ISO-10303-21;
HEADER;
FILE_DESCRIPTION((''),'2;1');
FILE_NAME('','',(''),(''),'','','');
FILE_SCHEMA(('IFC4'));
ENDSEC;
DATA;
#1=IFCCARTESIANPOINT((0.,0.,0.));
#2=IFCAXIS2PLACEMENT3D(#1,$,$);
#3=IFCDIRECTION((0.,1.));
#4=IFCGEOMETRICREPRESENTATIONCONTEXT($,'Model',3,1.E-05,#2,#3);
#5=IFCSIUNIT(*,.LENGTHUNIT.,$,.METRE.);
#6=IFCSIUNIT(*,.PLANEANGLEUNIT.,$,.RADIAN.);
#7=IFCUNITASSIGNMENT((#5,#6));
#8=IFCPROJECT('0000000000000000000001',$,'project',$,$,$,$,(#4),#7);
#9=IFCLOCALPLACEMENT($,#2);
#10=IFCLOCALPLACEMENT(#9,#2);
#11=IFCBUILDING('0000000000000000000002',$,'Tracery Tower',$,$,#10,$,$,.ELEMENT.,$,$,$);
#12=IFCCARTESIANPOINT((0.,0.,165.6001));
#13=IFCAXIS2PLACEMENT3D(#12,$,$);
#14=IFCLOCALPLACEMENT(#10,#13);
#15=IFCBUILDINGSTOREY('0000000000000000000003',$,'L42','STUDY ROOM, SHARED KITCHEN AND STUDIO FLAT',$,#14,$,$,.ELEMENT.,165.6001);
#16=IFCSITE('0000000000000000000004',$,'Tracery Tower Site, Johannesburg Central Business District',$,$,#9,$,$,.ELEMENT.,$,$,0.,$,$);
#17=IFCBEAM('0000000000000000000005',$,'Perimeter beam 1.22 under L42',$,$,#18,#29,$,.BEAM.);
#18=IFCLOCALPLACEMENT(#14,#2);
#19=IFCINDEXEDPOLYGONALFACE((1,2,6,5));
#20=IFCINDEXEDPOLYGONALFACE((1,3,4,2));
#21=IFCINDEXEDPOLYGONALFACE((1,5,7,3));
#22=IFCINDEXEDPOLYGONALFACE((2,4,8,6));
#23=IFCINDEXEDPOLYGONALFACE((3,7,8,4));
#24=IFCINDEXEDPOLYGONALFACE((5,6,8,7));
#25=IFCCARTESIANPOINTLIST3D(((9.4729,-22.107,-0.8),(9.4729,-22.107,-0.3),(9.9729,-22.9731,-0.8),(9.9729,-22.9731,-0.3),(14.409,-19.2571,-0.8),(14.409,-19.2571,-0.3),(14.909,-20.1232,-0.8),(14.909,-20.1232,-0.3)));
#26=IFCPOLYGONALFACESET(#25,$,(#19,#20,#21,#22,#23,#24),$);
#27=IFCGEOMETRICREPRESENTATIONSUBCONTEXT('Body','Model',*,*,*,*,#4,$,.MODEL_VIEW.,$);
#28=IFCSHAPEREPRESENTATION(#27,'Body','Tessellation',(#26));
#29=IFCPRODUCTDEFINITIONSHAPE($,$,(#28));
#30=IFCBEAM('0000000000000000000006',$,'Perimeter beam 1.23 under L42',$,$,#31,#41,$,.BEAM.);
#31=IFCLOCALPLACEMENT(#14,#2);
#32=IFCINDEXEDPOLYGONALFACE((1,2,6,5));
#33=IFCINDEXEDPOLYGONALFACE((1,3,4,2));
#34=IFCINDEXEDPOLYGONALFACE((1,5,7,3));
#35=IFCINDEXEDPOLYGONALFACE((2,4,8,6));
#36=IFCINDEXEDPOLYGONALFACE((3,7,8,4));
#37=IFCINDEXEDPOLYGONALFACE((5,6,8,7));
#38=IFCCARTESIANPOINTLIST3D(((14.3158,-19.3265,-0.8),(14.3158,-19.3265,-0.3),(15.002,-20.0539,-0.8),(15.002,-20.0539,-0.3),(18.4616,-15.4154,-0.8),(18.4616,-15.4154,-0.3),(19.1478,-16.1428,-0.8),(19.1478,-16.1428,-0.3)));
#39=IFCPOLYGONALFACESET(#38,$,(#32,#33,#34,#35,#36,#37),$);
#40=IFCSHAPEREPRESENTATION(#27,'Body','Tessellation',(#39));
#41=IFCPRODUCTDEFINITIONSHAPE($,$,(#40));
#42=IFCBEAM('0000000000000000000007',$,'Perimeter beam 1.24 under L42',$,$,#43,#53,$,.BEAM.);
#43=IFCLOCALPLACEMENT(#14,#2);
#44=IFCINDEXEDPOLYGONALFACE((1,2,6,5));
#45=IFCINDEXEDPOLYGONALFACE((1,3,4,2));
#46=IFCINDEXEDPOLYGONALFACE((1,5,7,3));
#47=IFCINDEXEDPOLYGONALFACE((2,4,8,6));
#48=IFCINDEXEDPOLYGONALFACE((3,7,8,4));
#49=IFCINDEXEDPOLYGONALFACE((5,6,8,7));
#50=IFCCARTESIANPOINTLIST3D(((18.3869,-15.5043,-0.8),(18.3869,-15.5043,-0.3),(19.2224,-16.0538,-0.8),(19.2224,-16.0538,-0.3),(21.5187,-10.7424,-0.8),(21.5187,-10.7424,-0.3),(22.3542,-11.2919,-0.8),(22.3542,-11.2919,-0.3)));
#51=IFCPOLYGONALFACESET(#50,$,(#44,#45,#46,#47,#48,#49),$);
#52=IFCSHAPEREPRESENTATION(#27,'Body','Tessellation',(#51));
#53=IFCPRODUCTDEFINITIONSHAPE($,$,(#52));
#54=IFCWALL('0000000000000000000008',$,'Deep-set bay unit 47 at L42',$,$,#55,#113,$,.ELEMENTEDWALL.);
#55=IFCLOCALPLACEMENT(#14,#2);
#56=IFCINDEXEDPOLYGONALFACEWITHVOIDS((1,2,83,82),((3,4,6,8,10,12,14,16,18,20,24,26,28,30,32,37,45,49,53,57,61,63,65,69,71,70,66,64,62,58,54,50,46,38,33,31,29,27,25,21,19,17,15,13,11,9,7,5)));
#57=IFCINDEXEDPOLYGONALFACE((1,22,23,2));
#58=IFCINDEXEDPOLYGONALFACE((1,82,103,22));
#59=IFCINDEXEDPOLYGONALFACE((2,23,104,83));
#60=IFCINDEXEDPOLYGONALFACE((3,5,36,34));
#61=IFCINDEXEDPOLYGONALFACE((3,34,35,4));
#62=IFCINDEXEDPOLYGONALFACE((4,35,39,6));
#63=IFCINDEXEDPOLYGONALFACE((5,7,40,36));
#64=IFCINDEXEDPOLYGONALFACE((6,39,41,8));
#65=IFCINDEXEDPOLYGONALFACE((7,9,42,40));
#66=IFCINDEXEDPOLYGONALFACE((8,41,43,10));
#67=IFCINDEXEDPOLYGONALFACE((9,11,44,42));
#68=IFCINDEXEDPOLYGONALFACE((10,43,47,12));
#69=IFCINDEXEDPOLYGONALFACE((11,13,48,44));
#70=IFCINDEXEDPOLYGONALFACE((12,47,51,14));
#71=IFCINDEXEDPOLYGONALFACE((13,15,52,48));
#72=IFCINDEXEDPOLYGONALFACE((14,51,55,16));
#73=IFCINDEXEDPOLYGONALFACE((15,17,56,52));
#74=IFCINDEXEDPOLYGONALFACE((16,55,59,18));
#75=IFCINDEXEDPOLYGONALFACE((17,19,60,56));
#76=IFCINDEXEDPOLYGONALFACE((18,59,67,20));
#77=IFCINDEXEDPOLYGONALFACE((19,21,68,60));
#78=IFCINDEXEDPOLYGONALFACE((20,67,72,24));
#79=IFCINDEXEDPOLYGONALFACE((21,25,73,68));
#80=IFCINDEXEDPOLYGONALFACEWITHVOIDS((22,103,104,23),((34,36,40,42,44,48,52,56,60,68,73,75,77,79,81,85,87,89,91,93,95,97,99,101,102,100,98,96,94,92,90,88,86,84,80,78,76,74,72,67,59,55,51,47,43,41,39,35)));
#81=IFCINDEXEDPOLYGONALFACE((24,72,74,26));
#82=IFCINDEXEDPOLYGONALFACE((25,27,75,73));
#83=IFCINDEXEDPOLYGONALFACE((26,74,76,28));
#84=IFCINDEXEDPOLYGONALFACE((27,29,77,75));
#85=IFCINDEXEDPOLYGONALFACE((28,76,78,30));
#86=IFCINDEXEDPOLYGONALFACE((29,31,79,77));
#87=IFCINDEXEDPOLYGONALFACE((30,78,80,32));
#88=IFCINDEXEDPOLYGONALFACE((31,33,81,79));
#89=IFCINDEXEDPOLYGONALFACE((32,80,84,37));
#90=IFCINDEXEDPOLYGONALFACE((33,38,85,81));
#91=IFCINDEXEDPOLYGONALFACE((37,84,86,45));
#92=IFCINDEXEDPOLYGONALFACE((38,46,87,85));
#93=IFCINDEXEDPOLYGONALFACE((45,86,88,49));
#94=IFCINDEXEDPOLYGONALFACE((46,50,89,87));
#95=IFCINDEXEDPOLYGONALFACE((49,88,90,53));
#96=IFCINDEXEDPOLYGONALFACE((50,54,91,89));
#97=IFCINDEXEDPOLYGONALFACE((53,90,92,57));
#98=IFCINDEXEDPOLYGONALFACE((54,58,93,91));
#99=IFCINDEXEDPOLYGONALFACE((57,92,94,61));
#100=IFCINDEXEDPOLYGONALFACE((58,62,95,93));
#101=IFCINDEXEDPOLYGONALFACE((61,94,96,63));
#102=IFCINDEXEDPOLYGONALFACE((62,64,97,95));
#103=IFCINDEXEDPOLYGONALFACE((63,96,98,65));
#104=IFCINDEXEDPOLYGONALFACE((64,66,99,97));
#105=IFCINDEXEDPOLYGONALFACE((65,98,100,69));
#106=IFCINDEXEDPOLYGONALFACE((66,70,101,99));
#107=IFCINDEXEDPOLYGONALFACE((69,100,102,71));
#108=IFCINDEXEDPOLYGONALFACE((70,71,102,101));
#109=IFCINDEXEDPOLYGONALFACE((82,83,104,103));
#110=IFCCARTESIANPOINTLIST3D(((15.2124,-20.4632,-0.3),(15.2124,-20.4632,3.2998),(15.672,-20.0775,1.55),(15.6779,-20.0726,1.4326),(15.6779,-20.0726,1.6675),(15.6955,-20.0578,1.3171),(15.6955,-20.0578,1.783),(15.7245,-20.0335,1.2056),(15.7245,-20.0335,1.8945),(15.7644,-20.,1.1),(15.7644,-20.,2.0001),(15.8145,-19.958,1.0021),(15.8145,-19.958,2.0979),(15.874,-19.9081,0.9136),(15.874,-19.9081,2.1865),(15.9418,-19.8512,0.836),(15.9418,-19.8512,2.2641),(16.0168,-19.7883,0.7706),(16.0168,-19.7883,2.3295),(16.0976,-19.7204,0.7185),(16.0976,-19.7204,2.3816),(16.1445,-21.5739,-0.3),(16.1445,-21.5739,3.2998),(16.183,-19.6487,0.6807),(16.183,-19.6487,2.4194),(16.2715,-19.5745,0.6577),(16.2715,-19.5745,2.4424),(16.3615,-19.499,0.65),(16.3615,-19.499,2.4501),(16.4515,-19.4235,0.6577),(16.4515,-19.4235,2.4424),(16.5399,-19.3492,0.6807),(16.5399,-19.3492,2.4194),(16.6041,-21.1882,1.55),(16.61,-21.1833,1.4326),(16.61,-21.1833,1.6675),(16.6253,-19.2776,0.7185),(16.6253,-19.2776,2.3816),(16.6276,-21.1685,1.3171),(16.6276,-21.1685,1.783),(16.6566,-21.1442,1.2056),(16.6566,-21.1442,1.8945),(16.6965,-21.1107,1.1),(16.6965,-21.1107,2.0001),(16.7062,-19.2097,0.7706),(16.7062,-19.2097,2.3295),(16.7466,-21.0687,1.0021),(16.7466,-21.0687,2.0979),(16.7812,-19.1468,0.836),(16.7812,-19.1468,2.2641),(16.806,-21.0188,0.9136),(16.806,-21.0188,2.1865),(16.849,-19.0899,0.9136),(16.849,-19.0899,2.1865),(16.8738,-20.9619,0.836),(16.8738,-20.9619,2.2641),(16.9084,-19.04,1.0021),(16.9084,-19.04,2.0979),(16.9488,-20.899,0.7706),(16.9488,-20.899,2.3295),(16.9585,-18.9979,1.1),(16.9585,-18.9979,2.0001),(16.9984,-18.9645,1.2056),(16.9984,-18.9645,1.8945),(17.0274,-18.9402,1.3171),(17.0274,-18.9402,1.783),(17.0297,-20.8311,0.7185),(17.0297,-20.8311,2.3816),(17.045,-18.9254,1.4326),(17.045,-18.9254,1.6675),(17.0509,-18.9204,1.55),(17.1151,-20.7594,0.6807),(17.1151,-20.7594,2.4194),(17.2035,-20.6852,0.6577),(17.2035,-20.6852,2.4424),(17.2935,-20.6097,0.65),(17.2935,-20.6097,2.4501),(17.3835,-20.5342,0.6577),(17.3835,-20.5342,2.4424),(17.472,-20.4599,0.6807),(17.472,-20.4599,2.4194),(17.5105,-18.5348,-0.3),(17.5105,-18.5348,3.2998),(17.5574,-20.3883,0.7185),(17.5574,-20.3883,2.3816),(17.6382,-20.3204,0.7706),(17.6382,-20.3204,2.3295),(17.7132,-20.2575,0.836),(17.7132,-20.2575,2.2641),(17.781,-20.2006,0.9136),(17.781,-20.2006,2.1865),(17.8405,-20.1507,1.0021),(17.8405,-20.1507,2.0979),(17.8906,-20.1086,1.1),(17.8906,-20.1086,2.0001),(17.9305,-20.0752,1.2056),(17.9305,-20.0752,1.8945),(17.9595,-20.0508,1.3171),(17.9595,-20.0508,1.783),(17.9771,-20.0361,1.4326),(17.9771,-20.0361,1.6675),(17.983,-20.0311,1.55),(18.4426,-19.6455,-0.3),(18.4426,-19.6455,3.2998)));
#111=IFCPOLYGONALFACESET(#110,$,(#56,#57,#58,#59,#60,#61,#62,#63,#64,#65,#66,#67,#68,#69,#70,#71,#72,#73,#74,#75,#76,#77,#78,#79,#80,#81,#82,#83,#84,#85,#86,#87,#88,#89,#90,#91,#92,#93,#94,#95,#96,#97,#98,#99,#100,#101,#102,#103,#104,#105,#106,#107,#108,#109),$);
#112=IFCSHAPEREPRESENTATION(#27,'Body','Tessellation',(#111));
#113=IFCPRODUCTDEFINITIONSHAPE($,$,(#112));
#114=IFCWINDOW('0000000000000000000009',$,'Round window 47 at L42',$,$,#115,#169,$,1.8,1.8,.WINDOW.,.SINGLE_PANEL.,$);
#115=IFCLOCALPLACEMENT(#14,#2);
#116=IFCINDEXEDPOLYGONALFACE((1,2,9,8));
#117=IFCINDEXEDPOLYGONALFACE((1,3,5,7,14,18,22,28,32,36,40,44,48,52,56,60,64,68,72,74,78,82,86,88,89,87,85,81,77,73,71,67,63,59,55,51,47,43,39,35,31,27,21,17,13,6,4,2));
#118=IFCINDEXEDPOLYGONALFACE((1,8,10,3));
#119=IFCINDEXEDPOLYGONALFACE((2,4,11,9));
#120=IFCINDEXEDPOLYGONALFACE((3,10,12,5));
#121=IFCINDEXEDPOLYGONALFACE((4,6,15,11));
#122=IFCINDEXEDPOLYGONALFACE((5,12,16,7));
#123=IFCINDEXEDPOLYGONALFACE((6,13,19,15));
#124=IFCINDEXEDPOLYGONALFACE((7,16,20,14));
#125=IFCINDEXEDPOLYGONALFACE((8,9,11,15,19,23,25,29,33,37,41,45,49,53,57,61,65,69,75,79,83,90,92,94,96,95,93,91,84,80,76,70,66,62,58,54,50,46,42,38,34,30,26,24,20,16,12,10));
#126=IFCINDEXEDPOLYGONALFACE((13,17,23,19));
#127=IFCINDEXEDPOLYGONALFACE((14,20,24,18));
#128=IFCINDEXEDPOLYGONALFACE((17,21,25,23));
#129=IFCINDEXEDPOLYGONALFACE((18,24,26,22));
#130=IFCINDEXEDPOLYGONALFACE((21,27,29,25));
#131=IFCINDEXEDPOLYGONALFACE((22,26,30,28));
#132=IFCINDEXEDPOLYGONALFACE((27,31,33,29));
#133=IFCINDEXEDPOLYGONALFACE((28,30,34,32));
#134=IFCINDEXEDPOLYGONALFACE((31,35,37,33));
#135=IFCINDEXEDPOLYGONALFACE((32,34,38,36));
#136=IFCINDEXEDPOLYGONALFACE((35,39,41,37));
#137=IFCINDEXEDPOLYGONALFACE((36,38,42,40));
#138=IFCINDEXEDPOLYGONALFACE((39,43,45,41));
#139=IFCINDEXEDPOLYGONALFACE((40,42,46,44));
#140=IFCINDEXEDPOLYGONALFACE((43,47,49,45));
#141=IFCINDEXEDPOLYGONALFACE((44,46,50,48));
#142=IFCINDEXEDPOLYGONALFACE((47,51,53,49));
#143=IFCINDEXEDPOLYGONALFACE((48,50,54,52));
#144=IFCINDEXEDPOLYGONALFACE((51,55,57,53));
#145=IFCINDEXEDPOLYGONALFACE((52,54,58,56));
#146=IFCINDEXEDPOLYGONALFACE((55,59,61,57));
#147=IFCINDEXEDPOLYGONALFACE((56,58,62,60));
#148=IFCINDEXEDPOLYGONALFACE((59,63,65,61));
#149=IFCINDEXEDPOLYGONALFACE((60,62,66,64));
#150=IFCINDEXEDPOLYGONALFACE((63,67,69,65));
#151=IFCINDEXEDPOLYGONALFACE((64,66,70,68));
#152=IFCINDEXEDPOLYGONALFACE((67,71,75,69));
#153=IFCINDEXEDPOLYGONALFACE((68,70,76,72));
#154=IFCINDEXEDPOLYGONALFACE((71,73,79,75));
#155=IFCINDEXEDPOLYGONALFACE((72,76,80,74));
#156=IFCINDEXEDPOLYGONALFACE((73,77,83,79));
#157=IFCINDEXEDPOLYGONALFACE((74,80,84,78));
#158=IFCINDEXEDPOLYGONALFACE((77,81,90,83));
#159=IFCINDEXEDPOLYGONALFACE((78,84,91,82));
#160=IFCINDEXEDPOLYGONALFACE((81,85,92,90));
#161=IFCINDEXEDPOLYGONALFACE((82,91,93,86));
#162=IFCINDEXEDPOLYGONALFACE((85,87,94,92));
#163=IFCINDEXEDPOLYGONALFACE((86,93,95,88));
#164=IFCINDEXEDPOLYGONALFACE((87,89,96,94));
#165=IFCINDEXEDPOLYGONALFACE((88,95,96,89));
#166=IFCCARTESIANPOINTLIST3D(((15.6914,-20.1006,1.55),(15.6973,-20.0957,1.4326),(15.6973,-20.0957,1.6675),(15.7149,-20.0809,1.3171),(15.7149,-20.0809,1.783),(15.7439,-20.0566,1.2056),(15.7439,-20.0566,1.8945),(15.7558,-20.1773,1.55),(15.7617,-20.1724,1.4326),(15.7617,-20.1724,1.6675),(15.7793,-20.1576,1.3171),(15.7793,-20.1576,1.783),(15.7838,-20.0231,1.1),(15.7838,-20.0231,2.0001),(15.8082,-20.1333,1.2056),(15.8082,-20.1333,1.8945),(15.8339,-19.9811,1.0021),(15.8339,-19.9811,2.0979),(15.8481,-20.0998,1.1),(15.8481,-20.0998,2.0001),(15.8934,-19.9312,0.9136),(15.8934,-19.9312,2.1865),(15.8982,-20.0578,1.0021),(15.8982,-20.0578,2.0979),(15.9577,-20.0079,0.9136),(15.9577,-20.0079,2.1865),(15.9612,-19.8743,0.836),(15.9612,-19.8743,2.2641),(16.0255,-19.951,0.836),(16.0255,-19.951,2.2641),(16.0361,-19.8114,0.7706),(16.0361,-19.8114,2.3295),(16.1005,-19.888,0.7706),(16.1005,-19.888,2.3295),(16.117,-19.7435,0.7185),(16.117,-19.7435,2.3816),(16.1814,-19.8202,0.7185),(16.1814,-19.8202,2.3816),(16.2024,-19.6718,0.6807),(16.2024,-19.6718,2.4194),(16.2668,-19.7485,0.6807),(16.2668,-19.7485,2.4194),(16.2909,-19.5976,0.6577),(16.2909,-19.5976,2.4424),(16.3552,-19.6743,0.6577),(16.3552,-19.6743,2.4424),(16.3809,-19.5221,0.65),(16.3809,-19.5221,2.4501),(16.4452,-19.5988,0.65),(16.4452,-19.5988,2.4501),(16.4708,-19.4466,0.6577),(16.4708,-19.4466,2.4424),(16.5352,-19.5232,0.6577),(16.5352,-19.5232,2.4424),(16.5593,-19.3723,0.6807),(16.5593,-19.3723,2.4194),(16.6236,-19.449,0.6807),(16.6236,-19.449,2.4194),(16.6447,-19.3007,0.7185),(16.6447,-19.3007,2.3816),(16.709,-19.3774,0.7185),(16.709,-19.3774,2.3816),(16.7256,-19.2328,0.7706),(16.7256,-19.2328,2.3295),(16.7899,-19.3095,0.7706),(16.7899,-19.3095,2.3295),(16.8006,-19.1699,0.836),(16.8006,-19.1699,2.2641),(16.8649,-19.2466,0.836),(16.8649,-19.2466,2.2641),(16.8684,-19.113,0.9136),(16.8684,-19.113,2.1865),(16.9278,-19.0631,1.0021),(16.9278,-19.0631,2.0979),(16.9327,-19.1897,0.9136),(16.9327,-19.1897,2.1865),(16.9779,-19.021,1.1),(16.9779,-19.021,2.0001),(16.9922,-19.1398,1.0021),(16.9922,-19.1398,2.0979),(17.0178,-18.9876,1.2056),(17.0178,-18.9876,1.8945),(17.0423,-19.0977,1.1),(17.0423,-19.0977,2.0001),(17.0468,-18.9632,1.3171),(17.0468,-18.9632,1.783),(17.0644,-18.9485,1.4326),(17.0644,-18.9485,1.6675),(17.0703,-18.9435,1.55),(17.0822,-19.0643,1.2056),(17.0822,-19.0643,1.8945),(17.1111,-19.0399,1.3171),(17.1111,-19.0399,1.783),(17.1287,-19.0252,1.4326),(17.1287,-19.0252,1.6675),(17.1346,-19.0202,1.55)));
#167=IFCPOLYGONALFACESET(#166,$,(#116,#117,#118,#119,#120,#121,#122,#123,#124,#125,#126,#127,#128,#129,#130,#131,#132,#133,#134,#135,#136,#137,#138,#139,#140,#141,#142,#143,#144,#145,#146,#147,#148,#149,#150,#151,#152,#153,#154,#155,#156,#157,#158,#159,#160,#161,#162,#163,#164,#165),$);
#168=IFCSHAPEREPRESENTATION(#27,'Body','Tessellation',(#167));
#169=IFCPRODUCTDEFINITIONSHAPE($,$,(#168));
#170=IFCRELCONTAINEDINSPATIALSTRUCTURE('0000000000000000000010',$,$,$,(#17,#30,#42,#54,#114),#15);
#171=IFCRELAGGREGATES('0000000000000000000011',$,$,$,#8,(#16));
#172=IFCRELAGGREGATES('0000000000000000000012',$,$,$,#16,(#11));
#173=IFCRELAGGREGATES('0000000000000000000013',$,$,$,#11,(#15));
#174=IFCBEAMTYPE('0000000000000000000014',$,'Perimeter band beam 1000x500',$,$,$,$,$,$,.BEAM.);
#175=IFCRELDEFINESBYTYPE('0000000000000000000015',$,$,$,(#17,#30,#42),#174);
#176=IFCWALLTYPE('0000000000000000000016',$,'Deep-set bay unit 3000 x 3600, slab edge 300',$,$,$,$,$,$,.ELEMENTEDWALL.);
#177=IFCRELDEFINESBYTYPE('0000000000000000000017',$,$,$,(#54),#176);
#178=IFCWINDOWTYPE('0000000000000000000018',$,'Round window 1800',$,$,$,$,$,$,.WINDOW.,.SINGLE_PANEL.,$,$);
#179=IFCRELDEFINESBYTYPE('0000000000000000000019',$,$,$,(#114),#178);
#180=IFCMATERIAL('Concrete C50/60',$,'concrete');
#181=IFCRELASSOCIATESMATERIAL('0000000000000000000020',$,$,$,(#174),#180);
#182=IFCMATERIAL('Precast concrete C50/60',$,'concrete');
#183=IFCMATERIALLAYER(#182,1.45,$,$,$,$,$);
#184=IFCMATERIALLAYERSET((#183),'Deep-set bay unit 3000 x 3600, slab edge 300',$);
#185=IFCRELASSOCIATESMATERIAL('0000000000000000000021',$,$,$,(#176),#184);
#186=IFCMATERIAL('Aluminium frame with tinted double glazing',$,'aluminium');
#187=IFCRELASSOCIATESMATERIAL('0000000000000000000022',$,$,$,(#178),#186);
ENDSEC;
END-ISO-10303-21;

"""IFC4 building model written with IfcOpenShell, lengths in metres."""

from ifc_helpers import new_model, si_unit, direction, frame, frame_2d, origin, origin_2d, place, context, subcontext, project, spatial, rectangle, circle, extrude, material, layer, layer_set, material_profile, profile_set, type_object, element, fill, save


model = new_model("IFC4")

# Units and contexts
model_context = context("Model", 3, precision=1e-05, world=origin(), true_north=direction((0.0, 1.0)))
body_context = subcontext(model_context, "Body", "Model", "MODEL_VIEW")
ifc_project = project(units=[si_unit("LENGTHUNIT", "METRE"), si_unit("PLANEANGLEUNIT", "RADIAN")], contexts=[model_context])

# Site, building, storey
site_placement = place(None, origin())
site = spatial("IfcSite", under=ifc_project, at=site_placement, Name="Tracery Tower Site, Johannesburg Central Business District", CompositionType="ELEMENT", RefElevation=0.0)
building_placement = place(site_placement, origin())
building = spatial("IfcBuilding", under=site, at=building_placement, Name="Tracery Tower", CompositionType="ELEMENT")
storey_placement = place(building_placement, frame((0.0, 0.0, 165.6001)))
storey = spatial("IfcBuildingStorey", under=building, at=storey_placement, Name="L42", Description="STUDY ROOM, SHARED KITCHEN AND STUDIO FLAT", CompositionType="ELEMENT", Elevation=165.6001)

# Beams
ifc_material_1 = material(Name="Concrete C50/60", Category="concrete")
ifc_material_profile_1 = material_profile(ifc_material_1, rectangle(XDim=1.0, YDim=0.5, at=origin_2d()), Name="RC 1000x500")
ifc_profile_set_1 = profile_set([ifc_material_profile_1], Name="Concrete C50/60")
beam_type = type_object("IfcBeamType", Name="Perimeter band beam 1000x500", PredefinedType="BEAM", material=ifc_profile_set_1)
beam_placement = place(storey_placement, frame((9.7229, -22.54, -0.55), z_axis=(0.866023, 0.500004, 0.0), x_axis=(-0.500004, 0.866023, 0.0)))
element("IfcBeam", 1, at=beam_placement, inside=storey, type_object=beam_type, Name="Perimeter beam 1.22 under L42", PredefinedType="BEAM", context=body_context, shape_type="SweptSolid", body=[
    extrude(rectangle(XDim=1.0, YDim=0.5, at=origin_2d()), origin(), (0.0, 0.0, 1.0), 5.6997),
])
for number, where, z_axis, x_axis, name in (
    (2, (14.6589, -19.6902, -0.55), (0.72739, 0.686225, 0.0), (-0.686225, 0.72739, 0.0), "Perimeter beam 1.23 under L42"),
    (3, (18.8047, -15.7791, -0.55), (0.54949, 0.8355, 0.0), (-0.8355, 0.54949, 0.0), "Perimeter beam 1.24 under L42"),
):
    element("IfcBeam", number, at=place(storey_placement, frame(where, z_axis=z_axis, x_axis=x_axis)), inside=storey, type_object=beam_type, Name=name, PredefinedType="BEAM", context=body_context, shape_type="SweptSolid", body=[
        extrude(rectangle(XDim=1.0, YDim=0.5, at=origin_2d()), origin(), (0.0, 0.0, 1.0), 5.6995),
    ])

# Wall, opening, window
ifc_material_2 = material(Name="Precast concrete C50/60", Category="concrete")
ifc_layer_1 = layer(ifc_material_2, 1.45)
ifc_layer_set_1 = layer_set([ifc_layer_1], Name="Deep-set bay unit 3000 x 3600, slab edge 300")
wall_type_1 = type_object("IfcWallType", Name="Deep-set bay unit 3000 x 3600, slab edge 300", PredefinedType="ELEMENTEDWALL", material=ifc_layer_set_1)
wall_1_placement = place(storey_placement, frame((15.6785, -21.0186, -0.3), z_axis=(0.0, 0.0, 1.0), x_axis=(0.766022, 0.642814, 0.0)))
wall_1 = element("IfcWall", 4, at=wall_1_placement, inside=storey, type_object=wall_type_1, Name="Deep-set bay unit 47 at L42", PredefinedType="ELEMENTEDWALL", context=body_context, shape_type="SweptSolid", body=[
    extrude(rectangle(XDim=3.0, YDim=1.45, at=frame_2d((1.5, 0.0))), origin(), (0.0, 0.0, 1.0), 3.5999),
])
opening_1_placement = place(wall_1_placement, frame((1.5, 0.0, 1.8501)))
opening_1 = element("IfcOpeningElement", 5, at=opening_1_placement, cuts=wall_1, PredefinedType="OPENING", context=body_context, shape_type="SweptSolid", body=[
    extrude(circle(Radius=0.9, at=origin_2d()), frame((0.0, 0.7349, 0.0), z_axis=(0.0, -1.0, 0.0), x_axis=(1.0, 0.0, 0.0)), (0.0, 0.0, 1.0), 1.47),
])
ifc_material_3 = material(Name="Aluminium frame with tinted double glazing", Category="aluminium")
window_type = type_object("IfcWindowType", Name="Round window 1800", PartitioningType="SINGLE_PANEL", PredefinedType="WINDOW", material=ifc_material_3)
window_1_placement = place(opening_1_placement, origin())
window_1 = element("IfcWindow", 6, at=window_1_placement, inside=storey, type_object=window_type, Name="Round window 47 at L42", OverallHeight=1.8, OverallWidth=1.8, PartitioningType="SINGLE_PANEL", PredefinedType="WINDOW", context=body_context, shape_type="SweptSolid", body=[
    extrude(circle(Radius=0.9, at=origin_2d()), frame((0.0, 0.6948, 0.0), z_axis=(0.0, -1.0, 0.0), x_axis=(1.0, 0.0, 0.0)), (0.0, 0.0, 1.0), 0.1001),
])
fill(opening_1, window_1)

save(model, "model.ifc")
